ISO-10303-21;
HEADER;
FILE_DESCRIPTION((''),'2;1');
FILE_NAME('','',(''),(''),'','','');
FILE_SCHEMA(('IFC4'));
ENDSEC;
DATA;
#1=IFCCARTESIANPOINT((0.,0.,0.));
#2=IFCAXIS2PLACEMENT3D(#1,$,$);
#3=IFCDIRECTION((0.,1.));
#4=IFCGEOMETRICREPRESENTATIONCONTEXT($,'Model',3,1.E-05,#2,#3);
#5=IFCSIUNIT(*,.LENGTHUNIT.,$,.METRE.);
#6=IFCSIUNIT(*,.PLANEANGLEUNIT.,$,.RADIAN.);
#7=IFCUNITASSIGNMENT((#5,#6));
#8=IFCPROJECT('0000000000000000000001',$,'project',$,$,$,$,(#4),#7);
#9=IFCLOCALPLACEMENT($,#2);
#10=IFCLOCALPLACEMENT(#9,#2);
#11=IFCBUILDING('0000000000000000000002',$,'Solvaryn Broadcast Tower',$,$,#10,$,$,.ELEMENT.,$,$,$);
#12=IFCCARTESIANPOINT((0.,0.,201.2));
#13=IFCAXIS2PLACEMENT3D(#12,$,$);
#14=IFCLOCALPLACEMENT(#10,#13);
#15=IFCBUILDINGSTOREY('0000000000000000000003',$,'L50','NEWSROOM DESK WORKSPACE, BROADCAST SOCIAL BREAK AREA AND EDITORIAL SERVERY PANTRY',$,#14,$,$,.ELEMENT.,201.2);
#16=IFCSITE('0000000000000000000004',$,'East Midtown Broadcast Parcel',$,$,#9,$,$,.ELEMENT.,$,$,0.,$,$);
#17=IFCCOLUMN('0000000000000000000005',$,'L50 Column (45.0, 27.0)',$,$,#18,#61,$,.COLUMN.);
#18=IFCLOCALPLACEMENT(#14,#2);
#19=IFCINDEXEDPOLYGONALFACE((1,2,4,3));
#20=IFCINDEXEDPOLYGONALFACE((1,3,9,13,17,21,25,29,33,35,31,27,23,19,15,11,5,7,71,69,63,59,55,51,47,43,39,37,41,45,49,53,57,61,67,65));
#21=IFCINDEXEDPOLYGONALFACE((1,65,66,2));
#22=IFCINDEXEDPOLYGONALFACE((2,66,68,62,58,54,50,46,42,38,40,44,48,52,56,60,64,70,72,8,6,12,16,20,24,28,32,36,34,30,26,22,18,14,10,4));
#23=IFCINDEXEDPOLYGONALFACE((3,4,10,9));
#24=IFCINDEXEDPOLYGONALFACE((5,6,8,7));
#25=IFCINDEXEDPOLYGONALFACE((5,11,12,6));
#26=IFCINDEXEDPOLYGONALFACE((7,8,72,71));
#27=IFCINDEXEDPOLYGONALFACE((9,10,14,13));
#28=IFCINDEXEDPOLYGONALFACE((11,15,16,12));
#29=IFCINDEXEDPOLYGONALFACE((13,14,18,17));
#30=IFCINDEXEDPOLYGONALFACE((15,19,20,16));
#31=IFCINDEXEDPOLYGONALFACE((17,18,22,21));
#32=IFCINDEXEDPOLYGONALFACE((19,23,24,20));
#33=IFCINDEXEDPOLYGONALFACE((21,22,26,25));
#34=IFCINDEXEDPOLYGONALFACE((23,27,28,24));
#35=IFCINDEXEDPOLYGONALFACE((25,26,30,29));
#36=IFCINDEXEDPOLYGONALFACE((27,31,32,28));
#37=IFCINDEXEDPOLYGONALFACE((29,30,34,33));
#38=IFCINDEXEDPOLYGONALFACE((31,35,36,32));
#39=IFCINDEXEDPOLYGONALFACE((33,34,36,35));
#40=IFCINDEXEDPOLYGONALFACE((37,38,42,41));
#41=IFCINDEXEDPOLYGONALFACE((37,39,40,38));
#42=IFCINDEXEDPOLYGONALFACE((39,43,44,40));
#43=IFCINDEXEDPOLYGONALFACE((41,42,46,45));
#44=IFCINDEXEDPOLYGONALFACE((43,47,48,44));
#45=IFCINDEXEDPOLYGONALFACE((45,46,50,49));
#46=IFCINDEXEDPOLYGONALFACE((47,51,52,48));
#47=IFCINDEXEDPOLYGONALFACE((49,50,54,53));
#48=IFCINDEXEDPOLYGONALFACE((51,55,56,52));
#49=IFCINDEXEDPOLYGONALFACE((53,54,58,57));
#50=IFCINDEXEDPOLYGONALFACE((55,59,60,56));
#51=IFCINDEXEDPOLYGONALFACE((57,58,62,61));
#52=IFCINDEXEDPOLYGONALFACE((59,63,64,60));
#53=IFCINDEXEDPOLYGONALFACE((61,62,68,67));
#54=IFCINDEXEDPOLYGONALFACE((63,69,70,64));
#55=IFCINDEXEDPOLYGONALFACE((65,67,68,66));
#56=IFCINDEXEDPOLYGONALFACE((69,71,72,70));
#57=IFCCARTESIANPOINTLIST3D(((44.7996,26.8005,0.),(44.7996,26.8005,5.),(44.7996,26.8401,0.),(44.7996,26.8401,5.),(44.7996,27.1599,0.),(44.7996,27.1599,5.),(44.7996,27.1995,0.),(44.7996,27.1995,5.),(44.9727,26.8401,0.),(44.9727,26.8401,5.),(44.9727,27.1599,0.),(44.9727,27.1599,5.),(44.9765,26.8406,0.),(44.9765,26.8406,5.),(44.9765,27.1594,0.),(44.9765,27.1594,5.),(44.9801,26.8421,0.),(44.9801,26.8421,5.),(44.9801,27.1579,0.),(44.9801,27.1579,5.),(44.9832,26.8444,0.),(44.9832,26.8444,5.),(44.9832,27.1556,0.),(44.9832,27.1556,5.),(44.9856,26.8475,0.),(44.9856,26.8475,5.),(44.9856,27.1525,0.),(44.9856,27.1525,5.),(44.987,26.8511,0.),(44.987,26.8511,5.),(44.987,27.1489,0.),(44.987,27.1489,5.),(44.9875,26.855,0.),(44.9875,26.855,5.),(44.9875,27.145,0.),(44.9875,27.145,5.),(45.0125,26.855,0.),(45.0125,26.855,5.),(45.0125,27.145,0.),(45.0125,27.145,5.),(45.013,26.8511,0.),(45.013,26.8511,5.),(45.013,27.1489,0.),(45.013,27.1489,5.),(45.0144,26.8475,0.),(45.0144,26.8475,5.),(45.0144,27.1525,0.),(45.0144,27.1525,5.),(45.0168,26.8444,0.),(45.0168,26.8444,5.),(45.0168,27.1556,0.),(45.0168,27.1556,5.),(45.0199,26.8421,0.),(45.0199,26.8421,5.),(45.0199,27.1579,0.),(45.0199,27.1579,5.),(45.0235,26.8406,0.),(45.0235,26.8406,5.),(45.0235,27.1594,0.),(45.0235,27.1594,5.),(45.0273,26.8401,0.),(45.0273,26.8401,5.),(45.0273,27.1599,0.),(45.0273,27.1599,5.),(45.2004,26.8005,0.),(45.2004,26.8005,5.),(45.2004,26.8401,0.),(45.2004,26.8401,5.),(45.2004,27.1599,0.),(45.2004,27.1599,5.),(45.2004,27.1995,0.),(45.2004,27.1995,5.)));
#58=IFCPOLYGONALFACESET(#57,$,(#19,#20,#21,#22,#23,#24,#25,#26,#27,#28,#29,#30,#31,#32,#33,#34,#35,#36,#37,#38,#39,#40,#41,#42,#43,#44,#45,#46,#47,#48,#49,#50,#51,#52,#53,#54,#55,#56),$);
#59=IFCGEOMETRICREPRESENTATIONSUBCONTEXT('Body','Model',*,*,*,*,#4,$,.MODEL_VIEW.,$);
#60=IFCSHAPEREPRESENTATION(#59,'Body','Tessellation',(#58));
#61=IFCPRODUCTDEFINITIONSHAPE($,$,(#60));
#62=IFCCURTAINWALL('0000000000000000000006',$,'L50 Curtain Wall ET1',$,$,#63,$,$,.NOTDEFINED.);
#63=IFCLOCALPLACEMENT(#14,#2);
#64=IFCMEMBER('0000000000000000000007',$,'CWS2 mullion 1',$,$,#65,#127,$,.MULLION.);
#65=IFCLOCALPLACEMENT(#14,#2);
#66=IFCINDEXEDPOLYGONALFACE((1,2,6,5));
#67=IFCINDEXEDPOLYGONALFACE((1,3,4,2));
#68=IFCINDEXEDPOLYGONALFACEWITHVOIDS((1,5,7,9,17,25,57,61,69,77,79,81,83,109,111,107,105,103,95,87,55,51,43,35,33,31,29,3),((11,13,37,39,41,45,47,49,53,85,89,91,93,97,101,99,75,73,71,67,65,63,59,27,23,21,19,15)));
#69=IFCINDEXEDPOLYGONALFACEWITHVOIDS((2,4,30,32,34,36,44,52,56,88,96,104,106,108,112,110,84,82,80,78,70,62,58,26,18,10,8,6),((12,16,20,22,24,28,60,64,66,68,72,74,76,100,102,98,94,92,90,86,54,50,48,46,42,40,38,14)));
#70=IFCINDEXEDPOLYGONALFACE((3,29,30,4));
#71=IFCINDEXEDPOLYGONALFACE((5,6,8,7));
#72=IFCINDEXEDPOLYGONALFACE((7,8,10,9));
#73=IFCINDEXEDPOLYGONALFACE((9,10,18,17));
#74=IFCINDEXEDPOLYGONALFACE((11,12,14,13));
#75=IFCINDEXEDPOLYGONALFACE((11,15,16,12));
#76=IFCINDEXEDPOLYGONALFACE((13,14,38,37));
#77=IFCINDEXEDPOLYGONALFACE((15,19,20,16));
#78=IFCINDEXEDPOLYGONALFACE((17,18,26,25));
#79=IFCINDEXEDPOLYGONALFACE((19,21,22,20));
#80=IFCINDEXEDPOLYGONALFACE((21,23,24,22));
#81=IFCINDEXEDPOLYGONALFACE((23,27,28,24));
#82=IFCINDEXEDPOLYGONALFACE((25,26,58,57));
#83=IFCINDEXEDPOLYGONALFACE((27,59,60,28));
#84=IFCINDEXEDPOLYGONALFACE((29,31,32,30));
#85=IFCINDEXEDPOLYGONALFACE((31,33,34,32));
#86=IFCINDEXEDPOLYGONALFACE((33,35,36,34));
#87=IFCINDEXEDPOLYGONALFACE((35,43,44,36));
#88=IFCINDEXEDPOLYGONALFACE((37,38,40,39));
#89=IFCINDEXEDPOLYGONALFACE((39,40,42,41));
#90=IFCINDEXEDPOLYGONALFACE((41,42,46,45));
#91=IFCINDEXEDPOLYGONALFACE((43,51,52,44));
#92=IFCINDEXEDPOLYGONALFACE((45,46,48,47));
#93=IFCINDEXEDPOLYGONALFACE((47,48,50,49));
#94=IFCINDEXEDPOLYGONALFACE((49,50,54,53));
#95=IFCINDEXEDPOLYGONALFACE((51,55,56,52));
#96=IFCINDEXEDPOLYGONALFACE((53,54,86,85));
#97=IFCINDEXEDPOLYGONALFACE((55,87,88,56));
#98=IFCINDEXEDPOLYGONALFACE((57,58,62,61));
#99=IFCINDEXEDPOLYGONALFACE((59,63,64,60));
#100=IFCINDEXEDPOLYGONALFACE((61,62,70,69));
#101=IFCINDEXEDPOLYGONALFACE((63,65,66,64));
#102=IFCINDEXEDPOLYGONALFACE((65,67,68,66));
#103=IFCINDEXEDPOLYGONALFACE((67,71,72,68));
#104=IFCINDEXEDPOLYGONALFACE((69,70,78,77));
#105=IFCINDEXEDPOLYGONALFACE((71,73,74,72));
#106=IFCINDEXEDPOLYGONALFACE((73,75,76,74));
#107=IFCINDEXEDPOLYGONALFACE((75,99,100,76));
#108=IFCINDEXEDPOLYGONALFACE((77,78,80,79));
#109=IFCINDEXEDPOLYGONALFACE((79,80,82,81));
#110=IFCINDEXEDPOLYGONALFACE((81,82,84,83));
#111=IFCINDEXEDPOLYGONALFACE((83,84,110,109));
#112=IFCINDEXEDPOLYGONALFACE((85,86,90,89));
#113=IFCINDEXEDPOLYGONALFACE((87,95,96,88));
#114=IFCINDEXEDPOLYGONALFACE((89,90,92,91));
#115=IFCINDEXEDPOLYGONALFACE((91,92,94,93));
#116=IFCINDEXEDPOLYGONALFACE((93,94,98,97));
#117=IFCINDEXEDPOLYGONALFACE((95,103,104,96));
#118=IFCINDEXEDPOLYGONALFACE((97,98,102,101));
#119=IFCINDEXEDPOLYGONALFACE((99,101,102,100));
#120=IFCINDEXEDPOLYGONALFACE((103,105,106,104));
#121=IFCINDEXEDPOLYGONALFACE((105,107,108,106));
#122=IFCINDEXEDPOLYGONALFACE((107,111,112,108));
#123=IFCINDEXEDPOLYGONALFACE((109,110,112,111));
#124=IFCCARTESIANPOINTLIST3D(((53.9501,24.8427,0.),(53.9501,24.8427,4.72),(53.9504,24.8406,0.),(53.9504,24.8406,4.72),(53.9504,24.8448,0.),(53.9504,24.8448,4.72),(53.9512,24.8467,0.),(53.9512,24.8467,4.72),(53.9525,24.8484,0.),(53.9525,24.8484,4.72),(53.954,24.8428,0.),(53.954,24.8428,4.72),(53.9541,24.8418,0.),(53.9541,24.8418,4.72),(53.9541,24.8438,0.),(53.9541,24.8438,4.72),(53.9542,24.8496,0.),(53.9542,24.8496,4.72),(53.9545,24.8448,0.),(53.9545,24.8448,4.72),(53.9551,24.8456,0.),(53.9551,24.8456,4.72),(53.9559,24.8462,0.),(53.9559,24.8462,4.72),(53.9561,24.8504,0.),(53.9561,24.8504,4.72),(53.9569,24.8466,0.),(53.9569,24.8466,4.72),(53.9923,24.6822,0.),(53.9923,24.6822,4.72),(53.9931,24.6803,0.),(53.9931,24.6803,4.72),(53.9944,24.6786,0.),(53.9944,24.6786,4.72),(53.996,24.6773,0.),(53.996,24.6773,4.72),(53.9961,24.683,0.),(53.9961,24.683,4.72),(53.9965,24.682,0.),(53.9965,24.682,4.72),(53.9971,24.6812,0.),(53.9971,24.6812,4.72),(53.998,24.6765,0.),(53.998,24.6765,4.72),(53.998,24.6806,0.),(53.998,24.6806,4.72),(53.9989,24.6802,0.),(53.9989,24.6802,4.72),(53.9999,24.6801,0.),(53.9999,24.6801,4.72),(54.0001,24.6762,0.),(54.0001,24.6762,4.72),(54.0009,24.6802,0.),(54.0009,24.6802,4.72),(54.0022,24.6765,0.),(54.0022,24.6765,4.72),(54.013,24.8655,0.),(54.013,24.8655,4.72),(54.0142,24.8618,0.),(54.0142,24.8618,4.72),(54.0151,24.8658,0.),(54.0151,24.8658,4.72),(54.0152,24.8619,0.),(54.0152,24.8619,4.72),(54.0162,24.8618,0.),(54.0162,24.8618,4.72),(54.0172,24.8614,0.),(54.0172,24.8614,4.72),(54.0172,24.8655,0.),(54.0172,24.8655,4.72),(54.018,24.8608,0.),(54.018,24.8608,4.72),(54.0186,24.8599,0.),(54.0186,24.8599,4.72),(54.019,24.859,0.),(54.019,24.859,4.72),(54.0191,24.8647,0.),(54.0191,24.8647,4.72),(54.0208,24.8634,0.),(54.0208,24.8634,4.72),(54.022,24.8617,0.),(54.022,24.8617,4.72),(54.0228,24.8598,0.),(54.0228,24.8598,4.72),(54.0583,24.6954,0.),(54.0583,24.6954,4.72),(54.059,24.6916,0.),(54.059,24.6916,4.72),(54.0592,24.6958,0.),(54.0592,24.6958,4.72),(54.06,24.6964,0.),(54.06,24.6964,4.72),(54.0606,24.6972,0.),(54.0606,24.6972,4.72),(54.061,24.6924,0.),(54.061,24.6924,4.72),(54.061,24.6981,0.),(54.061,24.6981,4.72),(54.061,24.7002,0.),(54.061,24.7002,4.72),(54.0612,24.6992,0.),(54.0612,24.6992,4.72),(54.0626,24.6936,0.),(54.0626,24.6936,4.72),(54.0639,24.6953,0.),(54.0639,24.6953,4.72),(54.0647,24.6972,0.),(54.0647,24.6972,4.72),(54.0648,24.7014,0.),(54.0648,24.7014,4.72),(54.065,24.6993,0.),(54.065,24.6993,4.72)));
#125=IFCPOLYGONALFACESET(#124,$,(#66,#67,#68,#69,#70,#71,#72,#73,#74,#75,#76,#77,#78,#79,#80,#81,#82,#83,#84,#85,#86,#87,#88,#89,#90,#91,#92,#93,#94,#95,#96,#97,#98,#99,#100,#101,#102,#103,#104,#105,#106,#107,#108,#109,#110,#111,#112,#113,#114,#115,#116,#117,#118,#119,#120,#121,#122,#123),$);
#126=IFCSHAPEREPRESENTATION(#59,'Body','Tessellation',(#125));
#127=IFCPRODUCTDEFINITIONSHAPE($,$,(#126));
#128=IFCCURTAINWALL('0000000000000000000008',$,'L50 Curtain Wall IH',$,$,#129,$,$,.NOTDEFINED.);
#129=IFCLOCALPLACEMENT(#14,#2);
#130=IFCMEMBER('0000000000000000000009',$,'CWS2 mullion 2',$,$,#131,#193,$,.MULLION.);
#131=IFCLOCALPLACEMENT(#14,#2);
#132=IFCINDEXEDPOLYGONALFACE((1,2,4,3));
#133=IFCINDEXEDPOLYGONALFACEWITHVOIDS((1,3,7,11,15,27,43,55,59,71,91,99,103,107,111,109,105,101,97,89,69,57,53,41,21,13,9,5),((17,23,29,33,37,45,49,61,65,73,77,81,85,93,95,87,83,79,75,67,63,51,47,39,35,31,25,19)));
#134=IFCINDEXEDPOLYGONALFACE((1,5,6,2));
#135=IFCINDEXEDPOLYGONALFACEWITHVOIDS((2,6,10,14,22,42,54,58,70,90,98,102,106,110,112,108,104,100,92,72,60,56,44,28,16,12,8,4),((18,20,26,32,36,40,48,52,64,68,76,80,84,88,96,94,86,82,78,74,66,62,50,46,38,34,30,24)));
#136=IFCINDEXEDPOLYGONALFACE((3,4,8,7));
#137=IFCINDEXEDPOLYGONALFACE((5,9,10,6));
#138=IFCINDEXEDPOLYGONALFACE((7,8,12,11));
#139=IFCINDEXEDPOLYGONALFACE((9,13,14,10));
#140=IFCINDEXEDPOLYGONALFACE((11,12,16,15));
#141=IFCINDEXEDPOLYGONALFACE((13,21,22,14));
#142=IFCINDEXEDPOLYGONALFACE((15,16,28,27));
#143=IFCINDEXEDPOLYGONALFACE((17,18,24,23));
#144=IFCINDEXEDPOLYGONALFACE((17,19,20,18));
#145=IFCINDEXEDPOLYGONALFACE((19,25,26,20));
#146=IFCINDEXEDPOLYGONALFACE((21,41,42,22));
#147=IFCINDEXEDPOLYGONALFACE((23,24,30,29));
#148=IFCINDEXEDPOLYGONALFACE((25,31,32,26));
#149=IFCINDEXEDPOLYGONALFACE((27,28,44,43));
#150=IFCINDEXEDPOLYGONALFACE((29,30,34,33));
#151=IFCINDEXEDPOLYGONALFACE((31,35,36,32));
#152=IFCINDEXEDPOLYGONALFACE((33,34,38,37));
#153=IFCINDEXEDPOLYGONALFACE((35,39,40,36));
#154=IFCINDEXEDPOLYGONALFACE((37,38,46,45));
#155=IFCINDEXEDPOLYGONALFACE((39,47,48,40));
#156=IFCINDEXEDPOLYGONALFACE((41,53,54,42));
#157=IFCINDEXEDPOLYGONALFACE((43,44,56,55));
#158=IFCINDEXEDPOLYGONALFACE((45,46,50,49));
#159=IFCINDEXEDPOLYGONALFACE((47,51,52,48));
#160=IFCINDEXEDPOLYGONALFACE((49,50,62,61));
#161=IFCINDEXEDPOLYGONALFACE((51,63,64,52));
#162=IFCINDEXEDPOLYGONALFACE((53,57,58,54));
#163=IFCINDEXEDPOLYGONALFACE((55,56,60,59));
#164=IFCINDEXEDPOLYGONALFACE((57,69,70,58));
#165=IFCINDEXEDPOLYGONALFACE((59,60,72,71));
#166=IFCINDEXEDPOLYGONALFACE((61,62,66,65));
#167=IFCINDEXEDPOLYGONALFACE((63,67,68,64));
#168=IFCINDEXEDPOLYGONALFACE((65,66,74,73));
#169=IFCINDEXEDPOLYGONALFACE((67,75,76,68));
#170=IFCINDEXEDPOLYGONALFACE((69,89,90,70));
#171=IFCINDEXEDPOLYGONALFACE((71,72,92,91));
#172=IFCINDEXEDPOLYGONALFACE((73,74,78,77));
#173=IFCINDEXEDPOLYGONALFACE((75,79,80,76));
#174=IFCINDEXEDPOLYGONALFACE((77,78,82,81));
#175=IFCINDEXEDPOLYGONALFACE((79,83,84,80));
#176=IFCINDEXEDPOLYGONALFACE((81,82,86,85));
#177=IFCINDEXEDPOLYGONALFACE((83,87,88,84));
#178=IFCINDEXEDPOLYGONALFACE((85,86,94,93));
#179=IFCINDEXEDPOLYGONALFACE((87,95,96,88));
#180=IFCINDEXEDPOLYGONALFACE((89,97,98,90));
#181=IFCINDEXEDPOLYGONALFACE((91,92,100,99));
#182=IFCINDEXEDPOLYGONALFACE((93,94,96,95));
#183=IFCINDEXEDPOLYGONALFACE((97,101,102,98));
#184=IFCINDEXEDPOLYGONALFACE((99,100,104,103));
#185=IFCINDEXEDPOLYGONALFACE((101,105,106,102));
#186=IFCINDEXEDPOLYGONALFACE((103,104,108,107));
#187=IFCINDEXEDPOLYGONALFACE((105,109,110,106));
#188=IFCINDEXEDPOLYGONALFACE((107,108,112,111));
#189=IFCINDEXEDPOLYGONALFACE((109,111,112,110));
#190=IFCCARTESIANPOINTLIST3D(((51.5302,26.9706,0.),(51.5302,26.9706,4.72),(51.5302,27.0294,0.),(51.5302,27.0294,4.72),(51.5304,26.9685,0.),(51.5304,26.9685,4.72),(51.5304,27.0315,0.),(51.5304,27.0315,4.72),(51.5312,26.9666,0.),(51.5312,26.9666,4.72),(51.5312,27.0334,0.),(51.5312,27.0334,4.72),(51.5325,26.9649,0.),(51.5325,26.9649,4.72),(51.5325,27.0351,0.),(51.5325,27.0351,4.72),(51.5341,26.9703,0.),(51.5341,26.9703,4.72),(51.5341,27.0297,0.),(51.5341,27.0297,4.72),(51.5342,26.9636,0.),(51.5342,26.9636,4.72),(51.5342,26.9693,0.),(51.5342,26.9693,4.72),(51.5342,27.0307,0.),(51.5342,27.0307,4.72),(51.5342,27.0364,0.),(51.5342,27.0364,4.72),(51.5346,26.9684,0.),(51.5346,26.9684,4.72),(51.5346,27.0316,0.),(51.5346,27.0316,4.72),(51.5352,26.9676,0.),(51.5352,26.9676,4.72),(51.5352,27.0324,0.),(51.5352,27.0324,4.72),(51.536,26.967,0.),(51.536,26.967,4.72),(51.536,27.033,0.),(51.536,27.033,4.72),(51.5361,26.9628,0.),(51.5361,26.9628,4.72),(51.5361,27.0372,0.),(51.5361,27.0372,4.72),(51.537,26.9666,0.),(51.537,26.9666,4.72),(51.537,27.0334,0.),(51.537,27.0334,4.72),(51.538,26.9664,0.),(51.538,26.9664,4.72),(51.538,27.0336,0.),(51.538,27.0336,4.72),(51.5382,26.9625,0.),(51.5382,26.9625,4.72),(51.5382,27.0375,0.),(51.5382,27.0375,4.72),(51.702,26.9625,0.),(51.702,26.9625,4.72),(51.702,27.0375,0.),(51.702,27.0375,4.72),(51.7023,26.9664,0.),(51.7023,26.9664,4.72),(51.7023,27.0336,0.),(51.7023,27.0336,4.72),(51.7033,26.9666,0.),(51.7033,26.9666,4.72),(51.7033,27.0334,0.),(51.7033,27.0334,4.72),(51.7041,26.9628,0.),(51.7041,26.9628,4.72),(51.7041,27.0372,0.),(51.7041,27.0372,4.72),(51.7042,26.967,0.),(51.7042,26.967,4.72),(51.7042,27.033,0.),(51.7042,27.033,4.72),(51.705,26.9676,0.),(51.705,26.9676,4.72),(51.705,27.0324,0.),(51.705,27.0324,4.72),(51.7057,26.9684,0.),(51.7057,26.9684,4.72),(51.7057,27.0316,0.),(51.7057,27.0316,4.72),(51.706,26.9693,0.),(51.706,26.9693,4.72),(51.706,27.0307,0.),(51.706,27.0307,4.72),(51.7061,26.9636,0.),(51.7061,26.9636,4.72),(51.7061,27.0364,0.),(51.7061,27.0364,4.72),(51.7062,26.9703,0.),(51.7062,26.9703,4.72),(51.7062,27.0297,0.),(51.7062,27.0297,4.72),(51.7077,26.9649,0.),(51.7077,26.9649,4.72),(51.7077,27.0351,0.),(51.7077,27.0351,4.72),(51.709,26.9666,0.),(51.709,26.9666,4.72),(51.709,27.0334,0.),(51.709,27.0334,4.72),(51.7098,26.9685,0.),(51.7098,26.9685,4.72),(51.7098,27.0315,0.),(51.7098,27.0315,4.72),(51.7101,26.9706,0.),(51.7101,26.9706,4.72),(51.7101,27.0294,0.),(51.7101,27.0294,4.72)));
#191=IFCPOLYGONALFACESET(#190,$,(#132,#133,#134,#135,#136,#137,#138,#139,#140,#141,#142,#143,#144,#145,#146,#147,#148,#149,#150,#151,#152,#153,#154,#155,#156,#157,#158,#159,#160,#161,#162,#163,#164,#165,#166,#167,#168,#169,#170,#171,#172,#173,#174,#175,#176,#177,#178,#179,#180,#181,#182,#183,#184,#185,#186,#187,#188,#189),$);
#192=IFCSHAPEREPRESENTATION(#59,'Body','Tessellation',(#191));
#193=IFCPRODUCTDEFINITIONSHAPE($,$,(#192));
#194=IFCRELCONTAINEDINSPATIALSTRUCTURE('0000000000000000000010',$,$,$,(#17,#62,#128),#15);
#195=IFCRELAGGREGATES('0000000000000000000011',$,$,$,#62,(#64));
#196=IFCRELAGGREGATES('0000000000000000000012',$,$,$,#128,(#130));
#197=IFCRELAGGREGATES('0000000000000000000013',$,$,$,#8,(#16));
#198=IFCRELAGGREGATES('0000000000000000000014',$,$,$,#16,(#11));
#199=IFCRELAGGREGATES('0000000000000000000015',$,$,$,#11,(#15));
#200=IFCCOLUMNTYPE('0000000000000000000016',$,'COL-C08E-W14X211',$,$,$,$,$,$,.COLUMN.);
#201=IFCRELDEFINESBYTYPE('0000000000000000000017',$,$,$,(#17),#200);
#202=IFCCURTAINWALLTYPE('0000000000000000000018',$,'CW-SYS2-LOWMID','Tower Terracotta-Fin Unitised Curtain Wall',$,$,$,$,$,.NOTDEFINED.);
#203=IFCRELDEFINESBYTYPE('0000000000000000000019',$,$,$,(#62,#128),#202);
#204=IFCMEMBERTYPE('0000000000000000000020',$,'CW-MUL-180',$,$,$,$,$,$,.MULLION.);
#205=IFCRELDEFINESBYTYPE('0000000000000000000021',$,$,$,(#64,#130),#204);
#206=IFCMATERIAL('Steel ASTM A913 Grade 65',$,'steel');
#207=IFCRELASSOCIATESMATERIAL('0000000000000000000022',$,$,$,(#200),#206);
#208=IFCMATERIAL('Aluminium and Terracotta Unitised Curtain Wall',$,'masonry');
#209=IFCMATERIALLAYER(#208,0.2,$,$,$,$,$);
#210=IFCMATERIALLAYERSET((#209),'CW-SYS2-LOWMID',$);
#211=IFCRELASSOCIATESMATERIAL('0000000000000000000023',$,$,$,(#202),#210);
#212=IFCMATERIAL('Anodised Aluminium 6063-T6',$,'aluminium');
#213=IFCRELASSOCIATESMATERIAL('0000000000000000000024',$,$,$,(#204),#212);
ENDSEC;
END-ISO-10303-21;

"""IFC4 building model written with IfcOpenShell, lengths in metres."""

from ifc_helpers import new_model, si_unit, direction, frame, origin, origin_2d, place, context, subcontext, project, spatial, hollow_rectangle, i_section, extrude, material, layer, layer_set, material_profile, profile_set, type_object, element, aggregate, save


model = new_model("IFC4")

# Units and contexts
model_context = context("Model", 3, precision=1e-05, world=origin(), true_north=direction((0.0, 1.0)))
body_context = subcontext(model_context, "Body", "Model", "MODEL_VIEW")
ifc_project = project(units=[si_unit("LENGTHUNIT", "METRE"), si_unit("PLANEANGLEUNIT", "RADIAN")], contexts=[model_context])

# Site, building, storey
site_placement = place(None, origin())
site = spatial("IfcSite", under=ifc_project, at=site_placement, Name="East Midtown Broadcast Parcel", CompositionType="ELEMENT", RefElevation=0.0)
building_placement = place(site_placement, origin())
building = spatial("IfcBuilding", under=site, at=building_placement, Name="Solvaryn Broadcast Tower", CompositionType="ELEMENT")
storey_placement = place(building_placement, frame((0.0, 0.0, 201.2)))
storey = spatial("IfcBuildingStorey", under=building, at=storey_placement, Name="L50", Description="NEWSROOM DESK WORKSPACE, BROADCAST SOCIAL BREAK AREA AND EDITORIAL SERVERY PANTRY", CompositionType="ELEMENT", Elevation=201.2)

# Column
ifc_material_1 = material(Name="Steel ASTM A913 Grade 65", Category="steel")
ifc_material_profile_1 = material_profile(ifc_material_1, i_section(OverallWidth=0.4009, OverallDepth=0.3989, WebThickness=0.0249, FlangeThickness=0.0396, FilletRadius=0.0149, at=origin_2d()))
ifc_profile_set_1 = profile_set([ifc_material_profile_1], Name="Steel ASTM A913 Grade 65")
column_type = type_object("IfcColumnType", Name="COL-C08E-W14X211", PredefinedType="COLUMN", material=ifc_profile_set_1)
column_placement = place(storey_placement, frame((45.0, 27.0, 0.0), z_axis=(0.0, 0.0, 1.0), x_axis=(1.0, 0.0, 0.0)))
element("IfcColumn", 1, at=column_placement, inside=storey, type_object=column_type, Name="L50 Column (45.0, 27.0)", PredefinedType="COLUMN", context=body_context, shape_type="SweptSolid", body=[
    extrude(i_section(OverallWidth=0.4009, OverallDepth=0.3989, WebThickness=0.0249, FlangeThickness=0.0396, FilletRadius=0.0149, at=origin_2d()), origin(), (0.0, 0.0, 1.0), 5.0),
])

# Curtain walls, members
ifc_material_2 = material(Name="Aluminium and Terracotta Unitised Curtain Wall", Category="masonry")
ifc_layer_1 = layer(ifc_material_2, 0.2)
ifc_layer_set_1 = layer_set([ifc_layer_1], Name="CW-SYS2-LOWMID")
curtain_wall_type = type_object("IfcCurtainWallType", Name="CW-SYS2-LOWMID", Description="Tower Terracotta-Fin Unitised Curtain Wall", PredefinedType="NOTDEFINED", material=ifc_layer_set_1)
curtain_wall_1_placement = place(storey_placement, origin())
curtain_wall_1 = element("IfcCurtainWall", 2, at=curtain_wall_1_placement, inside=storey, type_object=curtain_wall_type, Name="L50 Curtain Wall ET1", PredefinedType="NOTDEFINED")
ifc_material_3 = material(Name="Anodised Aluminium 6063-T6", Category="aluminium")
ifc_material_profile_2 = material_profile(ifc_material_3, hollow_rectangle(XDim=0.075, YDim=0.1799, WallThickness=0.0039, InnerFilletRadius=0.0039, OuterFilletRadius=0.0081, at=origin_2d()))
ifc_profile_set_2 = profile_set([ifc_material_profile_2], Name="Anodised Aluminium 6063-T6")
member_type_1 = type_object("IfcMemberType", Name="CW-MUL-180", PredefinedType="MULLION", material=ifc_profile_set_2)
member_1_placement = place(storey_placement, frame((54.0076, 24.771, 0.0), z_axis=(0.0, 0.0, 1.0), x_axis=(0.966705, 0.255893, 0.0)))
member_1 = element("IfcMember", 3, at=member_1_placement, type_object=member_type_1, Name="CWS2 mullion 1", PredefinedType="MULLION", context=body_context, shape_type="SweptSolid", body=[
    extrude(hollow_rectangle(XDim=0.075, YDim=0.1799, WallThickness=0.0039, InnerFilletRadius=0.0039, OuterFilletRadius=0.0081, at=origin_2d()), origin(), (0.0, 0.0, 1.0), 4.72),
])
curtain_wall_2_placement = place(storey_placement, origin())
curtain_wall_2 = element("IfcCurtainWall", 4, at=curtain_wall_2_placement, inside=storey, type_object=curtain_wall_type, Name="L50 Curtain Wall IH", PredefinedType="NOTDEFINED")
member_2_placement = place(storey_placement, frame((51.6201, 27.0, 0.0), z_axis=(0.0, 0.0, 1.0), x_axis=(0.0, 1.0, 0.0)))
member_2 = element("IfcMember", 5, at=member_2_placement, type_object=member_type_1, Name="CWS2 mullion 2", PredefinedType="MULLION", context=body_context, shape_type="SweptSolid", body=[
    extrude(hollow_rectangle(XDim=0.075, YDim=0.1799, WallThickness=0.0039, InnerFilletRadius=0.0039, OuterFilletRadius=0.0081, at=origin_2d()), origin(), (0.0, 0.0, 1.0), 4.72),
])

aggregate(curtain_wall_1, [member_1])
aggregate(curtain_wall_2, [member_2])

save(model, "model.ifc")
